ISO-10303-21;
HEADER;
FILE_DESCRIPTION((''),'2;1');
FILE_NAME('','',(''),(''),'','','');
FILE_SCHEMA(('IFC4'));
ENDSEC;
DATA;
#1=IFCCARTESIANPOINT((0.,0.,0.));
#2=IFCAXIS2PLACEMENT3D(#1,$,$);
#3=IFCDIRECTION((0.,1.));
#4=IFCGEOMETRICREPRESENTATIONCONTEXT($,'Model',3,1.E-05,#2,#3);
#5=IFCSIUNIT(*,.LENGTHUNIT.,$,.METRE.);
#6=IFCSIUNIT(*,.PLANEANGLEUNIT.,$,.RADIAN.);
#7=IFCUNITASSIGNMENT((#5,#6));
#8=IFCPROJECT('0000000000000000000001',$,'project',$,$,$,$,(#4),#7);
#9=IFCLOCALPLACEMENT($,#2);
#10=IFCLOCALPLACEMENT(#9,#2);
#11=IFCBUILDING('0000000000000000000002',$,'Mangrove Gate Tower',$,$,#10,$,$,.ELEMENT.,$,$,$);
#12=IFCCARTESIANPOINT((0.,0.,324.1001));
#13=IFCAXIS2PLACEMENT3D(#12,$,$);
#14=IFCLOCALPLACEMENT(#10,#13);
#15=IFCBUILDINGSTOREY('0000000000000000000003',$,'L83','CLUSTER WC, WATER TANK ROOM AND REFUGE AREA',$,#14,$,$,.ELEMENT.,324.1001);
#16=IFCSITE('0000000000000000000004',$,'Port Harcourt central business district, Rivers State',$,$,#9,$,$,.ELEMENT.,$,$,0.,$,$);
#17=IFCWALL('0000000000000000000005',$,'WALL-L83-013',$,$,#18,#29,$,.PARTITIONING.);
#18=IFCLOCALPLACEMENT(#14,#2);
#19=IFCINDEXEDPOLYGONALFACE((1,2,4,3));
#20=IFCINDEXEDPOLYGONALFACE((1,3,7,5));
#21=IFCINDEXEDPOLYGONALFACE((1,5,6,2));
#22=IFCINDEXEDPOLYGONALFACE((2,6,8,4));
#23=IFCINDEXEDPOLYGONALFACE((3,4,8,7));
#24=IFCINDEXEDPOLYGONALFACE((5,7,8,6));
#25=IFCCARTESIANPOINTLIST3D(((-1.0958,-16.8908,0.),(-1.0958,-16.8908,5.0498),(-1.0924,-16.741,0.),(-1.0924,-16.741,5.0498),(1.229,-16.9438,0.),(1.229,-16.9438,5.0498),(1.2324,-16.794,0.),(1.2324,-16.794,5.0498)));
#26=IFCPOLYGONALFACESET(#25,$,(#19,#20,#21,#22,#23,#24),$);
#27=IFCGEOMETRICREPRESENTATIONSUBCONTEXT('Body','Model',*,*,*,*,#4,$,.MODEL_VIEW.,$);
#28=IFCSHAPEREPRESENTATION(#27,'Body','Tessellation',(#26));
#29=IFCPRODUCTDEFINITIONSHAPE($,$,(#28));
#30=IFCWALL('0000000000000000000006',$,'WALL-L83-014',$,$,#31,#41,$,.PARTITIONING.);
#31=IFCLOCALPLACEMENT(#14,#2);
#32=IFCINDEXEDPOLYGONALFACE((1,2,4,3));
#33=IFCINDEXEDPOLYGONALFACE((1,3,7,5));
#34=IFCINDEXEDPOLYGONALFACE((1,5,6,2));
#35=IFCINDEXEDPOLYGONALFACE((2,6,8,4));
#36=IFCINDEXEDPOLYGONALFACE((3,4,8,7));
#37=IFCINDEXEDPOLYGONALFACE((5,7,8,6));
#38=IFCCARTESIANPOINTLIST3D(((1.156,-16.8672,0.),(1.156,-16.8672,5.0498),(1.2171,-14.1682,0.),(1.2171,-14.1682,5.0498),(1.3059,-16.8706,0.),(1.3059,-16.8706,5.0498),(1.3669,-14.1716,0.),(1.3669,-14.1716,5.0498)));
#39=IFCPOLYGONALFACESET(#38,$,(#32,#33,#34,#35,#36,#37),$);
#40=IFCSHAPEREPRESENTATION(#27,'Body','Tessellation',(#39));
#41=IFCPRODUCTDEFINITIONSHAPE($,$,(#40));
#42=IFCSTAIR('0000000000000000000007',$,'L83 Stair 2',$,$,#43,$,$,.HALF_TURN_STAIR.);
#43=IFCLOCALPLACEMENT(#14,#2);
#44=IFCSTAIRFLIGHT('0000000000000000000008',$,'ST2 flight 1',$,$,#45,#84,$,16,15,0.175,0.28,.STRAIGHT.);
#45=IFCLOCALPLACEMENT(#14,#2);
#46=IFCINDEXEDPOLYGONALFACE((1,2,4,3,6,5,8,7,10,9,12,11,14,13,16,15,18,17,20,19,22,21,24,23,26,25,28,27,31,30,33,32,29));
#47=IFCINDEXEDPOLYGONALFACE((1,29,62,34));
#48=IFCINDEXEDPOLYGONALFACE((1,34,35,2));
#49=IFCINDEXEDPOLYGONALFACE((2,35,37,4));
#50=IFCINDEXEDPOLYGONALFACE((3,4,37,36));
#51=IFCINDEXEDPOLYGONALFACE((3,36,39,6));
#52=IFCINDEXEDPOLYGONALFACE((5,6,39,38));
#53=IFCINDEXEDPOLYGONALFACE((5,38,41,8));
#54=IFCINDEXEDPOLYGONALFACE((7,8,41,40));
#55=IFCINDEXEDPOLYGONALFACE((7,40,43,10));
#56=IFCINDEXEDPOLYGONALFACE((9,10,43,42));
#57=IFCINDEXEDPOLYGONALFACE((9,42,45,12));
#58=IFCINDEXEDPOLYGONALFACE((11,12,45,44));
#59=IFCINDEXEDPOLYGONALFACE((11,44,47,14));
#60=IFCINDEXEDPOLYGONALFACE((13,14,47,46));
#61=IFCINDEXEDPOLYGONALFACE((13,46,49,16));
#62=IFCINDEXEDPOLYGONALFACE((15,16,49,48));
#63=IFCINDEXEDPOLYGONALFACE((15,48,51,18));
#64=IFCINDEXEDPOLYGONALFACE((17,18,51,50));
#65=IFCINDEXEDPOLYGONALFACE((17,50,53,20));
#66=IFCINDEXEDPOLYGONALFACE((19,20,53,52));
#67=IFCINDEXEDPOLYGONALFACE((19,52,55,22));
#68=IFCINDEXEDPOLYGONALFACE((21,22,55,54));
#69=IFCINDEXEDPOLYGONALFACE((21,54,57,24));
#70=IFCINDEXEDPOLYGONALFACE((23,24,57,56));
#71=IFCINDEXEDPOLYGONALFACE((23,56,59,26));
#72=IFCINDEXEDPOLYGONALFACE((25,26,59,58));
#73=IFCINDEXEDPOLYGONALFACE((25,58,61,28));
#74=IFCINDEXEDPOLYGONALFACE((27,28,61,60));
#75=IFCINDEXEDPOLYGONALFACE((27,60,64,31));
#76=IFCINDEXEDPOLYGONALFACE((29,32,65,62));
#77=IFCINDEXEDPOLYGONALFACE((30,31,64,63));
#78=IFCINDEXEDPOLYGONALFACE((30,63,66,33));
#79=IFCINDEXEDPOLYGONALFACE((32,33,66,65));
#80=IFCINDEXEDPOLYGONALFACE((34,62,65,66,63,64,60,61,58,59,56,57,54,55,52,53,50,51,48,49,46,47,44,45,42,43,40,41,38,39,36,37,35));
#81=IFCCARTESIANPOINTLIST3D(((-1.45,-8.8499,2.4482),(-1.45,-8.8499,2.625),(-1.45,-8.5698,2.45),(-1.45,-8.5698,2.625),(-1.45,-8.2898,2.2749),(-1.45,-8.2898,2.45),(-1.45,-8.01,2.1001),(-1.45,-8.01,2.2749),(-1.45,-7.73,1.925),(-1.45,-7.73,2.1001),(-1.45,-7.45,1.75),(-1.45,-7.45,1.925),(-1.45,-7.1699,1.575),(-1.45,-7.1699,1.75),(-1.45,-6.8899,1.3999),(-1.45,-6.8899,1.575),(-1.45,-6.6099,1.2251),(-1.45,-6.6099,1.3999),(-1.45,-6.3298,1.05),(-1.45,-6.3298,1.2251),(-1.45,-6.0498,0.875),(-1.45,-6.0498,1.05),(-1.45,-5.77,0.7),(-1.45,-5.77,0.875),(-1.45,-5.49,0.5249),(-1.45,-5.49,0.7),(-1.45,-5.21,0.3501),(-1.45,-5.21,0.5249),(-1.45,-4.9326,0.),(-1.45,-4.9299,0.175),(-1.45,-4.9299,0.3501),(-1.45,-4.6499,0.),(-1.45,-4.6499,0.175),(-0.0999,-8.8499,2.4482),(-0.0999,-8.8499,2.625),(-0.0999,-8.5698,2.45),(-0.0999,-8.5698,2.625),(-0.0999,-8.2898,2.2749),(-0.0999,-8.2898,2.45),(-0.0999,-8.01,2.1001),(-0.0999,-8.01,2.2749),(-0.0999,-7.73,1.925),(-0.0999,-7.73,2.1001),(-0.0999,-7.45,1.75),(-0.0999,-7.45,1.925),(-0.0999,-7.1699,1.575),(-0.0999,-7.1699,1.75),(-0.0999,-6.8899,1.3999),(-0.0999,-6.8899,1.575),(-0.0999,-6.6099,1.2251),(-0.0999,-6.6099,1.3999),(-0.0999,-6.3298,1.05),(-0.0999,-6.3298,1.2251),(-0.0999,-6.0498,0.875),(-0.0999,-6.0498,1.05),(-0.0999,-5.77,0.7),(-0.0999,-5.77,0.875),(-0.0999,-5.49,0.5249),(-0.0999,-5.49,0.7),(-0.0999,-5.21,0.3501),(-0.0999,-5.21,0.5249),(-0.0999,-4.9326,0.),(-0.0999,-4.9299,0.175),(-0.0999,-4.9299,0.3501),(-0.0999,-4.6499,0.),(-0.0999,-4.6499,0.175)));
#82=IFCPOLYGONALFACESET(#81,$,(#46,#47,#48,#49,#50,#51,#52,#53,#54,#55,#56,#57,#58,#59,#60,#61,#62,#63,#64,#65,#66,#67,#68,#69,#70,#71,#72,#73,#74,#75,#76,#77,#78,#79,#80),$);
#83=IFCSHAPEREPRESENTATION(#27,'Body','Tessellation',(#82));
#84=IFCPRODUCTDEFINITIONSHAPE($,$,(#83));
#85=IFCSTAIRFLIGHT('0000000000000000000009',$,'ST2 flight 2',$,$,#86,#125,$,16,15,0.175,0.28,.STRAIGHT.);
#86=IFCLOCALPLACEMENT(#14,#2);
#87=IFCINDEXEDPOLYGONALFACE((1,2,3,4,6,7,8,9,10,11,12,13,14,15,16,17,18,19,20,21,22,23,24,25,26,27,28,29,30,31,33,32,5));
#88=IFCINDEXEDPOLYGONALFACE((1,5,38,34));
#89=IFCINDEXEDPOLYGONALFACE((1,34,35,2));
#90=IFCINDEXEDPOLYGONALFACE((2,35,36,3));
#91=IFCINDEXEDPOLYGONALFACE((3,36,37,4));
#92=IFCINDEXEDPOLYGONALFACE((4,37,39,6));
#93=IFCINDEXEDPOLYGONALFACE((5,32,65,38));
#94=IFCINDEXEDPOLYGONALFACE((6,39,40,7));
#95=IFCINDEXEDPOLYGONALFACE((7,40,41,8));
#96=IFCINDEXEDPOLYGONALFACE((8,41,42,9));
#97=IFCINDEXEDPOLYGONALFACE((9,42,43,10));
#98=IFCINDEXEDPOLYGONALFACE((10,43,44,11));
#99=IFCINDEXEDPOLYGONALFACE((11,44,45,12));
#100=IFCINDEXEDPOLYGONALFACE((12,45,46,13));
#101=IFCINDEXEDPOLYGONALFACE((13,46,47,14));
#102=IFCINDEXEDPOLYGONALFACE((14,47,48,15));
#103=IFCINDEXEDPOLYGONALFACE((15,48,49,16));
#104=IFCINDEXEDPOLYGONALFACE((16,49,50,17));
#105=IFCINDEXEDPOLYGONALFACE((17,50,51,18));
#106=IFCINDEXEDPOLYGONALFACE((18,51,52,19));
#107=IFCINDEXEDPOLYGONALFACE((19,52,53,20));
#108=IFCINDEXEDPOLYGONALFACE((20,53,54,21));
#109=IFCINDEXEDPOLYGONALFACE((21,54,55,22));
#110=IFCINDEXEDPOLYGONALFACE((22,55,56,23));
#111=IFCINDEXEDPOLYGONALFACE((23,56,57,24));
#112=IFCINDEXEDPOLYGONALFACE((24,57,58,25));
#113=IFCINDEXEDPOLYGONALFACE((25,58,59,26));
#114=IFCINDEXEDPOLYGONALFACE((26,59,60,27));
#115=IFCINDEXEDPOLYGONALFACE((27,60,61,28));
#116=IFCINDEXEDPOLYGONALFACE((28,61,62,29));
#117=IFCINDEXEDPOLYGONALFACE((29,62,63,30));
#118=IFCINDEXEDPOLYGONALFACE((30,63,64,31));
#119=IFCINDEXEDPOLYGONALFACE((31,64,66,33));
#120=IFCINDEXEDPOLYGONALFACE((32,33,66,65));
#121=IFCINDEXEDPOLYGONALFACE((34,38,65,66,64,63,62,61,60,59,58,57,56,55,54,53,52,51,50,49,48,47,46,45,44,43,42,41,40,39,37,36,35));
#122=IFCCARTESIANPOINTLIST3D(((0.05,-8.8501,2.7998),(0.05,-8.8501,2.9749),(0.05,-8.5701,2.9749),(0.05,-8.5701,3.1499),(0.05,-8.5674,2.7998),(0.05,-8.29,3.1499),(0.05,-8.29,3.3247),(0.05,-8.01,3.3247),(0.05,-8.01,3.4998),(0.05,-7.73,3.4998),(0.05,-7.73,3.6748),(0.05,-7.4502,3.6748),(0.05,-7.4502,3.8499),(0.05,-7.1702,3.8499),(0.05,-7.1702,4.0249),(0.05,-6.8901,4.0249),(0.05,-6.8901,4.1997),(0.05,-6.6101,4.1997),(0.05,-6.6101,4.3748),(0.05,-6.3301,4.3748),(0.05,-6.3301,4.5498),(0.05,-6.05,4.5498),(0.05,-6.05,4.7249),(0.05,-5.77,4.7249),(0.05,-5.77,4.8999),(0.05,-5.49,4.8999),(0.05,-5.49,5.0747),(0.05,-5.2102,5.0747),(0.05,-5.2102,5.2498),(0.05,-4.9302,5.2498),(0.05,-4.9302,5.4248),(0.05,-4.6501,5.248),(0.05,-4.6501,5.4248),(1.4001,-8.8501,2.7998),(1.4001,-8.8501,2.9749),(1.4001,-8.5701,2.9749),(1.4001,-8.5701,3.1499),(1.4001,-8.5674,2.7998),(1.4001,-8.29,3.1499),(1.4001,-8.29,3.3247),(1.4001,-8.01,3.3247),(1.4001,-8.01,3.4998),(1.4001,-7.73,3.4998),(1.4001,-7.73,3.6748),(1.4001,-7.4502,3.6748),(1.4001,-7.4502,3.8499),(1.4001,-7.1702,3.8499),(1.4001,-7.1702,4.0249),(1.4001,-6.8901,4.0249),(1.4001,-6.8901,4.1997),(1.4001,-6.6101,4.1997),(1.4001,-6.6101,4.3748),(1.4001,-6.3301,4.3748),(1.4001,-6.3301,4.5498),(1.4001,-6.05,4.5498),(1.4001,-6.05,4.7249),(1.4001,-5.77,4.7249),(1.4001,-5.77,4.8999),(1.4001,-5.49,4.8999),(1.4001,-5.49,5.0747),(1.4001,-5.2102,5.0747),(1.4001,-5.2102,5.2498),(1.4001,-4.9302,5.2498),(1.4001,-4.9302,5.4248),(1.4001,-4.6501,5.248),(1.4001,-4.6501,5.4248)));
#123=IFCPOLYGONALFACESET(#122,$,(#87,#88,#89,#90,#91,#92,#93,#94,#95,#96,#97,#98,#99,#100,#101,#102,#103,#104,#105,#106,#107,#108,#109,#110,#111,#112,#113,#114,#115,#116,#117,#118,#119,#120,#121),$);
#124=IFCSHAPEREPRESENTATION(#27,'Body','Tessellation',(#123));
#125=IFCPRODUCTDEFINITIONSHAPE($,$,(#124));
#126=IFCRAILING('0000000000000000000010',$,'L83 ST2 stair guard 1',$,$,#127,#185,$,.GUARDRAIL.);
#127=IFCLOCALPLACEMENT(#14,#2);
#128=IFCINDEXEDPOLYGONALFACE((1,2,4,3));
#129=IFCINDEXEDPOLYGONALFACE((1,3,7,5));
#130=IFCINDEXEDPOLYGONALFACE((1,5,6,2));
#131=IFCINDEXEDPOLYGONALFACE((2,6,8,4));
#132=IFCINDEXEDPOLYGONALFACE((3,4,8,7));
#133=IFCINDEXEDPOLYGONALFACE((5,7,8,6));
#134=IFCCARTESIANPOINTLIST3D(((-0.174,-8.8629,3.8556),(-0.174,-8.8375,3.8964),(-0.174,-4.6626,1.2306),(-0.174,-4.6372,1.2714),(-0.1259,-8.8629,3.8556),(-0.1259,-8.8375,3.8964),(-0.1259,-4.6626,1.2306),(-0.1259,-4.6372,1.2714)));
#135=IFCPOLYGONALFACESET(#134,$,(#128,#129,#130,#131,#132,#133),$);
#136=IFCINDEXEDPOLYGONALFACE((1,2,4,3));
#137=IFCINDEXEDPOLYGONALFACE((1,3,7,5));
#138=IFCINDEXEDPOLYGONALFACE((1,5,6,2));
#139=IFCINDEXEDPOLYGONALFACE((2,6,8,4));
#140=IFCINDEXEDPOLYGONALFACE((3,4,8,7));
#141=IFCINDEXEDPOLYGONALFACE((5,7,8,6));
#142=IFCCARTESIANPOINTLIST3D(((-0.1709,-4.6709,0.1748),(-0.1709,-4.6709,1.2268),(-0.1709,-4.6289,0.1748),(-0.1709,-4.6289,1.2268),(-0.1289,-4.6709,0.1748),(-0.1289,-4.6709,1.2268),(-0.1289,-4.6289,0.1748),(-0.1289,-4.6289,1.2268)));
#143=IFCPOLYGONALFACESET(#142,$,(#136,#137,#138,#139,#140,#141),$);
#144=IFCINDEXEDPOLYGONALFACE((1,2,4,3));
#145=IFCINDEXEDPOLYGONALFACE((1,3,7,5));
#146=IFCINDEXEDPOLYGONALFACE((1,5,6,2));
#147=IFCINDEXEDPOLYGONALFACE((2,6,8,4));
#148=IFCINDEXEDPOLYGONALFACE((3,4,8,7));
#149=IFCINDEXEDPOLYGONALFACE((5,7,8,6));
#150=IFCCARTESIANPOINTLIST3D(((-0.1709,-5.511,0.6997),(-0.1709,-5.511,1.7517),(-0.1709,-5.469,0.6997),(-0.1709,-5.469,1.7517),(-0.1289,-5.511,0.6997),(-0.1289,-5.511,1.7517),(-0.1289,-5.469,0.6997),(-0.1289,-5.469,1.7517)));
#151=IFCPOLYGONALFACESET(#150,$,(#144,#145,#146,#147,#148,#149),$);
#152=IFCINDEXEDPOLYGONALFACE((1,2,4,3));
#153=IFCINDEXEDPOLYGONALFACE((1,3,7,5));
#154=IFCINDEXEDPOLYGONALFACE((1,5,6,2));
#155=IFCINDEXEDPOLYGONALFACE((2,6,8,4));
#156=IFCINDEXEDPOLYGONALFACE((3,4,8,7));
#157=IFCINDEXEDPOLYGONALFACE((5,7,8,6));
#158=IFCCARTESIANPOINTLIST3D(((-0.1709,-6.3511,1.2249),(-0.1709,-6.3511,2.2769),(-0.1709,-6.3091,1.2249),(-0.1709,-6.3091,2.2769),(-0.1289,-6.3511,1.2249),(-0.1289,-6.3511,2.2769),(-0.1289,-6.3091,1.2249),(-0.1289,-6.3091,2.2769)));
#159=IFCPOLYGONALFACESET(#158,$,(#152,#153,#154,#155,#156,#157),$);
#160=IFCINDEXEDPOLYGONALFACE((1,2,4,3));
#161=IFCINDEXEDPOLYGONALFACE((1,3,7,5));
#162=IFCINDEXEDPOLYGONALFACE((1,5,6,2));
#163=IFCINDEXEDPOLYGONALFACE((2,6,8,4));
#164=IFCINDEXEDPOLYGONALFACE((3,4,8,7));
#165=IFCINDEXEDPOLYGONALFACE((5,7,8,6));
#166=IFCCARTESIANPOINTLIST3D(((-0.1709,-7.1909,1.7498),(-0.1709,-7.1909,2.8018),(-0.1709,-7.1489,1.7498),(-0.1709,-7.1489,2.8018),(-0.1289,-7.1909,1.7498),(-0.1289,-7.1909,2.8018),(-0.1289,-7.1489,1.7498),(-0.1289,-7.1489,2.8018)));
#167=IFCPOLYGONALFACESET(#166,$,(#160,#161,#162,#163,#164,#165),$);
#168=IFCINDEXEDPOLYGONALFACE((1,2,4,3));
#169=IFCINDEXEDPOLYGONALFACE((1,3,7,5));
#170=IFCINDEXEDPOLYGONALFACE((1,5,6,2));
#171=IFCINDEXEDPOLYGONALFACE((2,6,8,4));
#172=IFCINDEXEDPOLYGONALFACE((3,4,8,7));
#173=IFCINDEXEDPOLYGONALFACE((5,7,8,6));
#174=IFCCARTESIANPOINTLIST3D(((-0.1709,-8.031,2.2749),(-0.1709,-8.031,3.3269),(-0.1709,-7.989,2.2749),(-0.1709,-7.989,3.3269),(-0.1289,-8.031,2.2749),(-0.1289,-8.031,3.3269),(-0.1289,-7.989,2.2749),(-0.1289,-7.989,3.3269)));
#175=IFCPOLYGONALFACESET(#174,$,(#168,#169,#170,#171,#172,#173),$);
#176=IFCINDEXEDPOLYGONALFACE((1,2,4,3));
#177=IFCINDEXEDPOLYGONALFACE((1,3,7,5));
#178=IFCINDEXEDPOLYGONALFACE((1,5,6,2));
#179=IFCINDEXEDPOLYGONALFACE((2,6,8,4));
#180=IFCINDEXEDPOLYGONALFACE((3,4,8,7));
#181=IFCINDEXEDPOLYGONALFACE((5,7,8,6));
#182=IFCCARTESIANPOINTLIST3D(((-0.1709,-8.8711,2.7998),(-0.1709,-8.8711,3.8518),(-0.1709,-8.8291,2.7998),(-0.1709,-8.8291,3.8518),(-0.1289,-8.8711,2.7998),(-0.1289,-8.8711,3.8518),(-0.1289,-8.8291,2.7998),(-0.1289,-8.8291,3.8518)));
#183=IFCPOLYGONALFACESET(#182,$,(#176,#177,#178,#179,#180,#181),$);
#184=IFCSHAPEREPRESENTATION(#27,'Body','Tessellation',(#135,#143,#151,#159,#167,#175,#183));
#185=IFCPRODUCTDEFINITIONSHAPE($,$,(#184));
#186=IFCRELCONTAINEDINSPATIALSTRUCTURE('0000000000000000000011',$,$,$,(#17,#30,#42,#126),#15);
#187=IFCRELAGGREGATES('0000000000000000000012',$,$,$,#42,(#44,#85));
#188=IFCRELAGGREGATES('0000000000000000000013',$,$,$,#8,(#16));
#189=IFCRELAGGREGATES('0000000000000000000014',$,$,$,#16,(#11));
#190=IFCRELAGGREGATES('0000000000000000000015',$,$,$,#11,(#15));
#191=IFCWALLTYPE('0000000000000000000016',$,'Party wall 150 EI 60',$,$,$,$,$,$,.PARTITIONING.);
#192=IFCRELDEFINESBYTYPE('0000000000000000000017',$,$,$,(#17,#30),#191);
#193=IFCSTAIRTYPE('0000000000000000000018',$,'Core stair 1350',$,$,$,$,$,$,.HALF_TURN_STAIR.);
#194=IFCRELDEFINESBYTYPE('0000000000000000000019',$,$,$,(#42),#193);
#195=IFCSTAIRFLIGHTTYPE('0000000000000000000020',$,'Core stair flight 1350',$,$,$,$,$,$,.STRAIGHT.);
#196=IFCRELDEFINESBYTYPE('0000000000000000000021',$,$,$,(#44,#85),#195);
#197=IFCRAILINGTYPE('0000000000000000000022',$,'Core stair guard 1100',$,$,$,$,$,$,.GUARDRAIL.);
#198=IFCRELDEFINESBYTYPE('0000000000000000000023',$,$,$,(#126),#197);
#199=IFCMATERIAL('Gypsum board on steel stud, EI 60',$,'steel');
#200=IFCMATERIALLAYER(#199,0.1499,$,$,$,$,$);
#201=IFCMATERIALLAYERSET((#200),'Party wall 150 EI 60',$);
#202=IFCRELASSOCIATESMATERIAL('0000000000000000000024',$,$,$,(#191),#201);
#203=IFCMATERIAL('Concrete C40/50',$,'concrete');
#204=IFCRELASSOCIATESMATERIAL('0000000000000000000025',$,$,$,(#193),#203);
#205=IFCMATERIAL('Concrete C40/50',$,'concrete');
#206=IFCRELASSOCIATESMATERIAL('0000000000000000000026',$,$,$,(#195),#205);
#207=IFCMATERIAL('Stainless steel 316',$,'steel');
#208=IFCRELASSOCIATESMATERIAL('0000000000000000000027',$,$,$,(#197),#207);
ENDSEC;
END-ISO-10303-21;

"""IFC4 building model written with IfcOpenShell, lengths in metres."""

from ifc_helpers import new_model, si_unit, direction, frame, frame_2d, origin, origin_2d, place, context, subcontext, project, spatial, polyline, rectangle, outline, extrude, material, layer, layer_set, type_object, element, aggregate, save


model = new_model("IFC4")

# Units and contexts
model_context = context("Model", 3, precision=1e-05, world=origin(), true_north=direction((0.0, 1.0)))
body_context = subcontext(model_context, "Body", "Model", "MODEL_VIEW")
ifc_project = project(units=[si_unit("LENGTHUNIT", "METRE"), si_unit("PLANEANGLEUNIT", "RADIAN")], contexts=[model_context])

# Site, building, storey
site_placement = place(None, origin())
site = spatial("IfcSite", under=ifc_project, at=site_placement, Name="Port Harcourt central business district, Rivers State", CompositionType="ELEMENT", RefElevation=0.0)
building_placement = place(site_placement, origin())
building = spatial("IfcBuilding", under=site, at=building_placement, Name="Mangrove Gate Tower", CompositionType="ELEMENT")
storey_placement = place(building_placement, frame((0.0, 0.0, 324.1001)))
storey = spatial("IfcBuildingStorey", under=building, at=storey_placement, Name="L83", Description="CLUSTER WC, WATER TANK ROOM AND REFUGE AREA", CompositionType="ELEMENT", Elevation=324.1001)

# Walls
ifc_material_1 = material(Name="Gypsum board on steel stud, EI 60", Category="steel")
ifc_layer_1 = layer(ifc_material_1, 0.1499)
ifc_layer_set_1 = layer_set([ifc_layer_1], Name="Party wall 150 EI 60")
wall_type_1 = type_object("IfcWallType", Name="Party wall 150 EI 60", PredefinedType="PARTITIONING", material=ifc_layer_set_1)
wall_1_placement = place(storey_placement, frame((-1.094, -16.8159, 0.0), z_axis=(0.0, 0.0, 1.0), x_axis=(0.99974, -0.022781, 0.0)))
element("IfcWall", 1, at=wall_1_placement, inside=storey, type_object=wall_type_1, Name="WALL-L83-013", PredefinedType="PARTITIONING", context=body_context, shape_type="SweptSolid", body=[
    extrude(rectangle(XDim=2.3254, YDim=0.1499, at=frame_2d((1.1626, 0.0))), origin(), (0.0, 0.0, 1.0), 5.0498),
])
wall_2_placement = place(storey_placement, frame((1.231, -16.8689, 0.0), z_axis=(0.0, 0.0, 1.0), x_axis=(0.022608, 0.999744, 0.0)))
element("IfcWall", 2, at=wall_2_placement, inside=storey, type_object=wall_type_1, Name="WALL-L83-014", PredefinedType="PARTITIONING", context=body_context, shape_type="SweptSolid", body=[
    extrude(rectangle(XDim=2.6997, YDim=0.1499, at=frame_2d((1.3499, 0.0))), origin(), (0.0, 0.0, 1.0), 5.0498),
])

# Stair, stair flights
ifc_material_2 = material(Name="Concrete C40/50", Category="concrete")
stair_type = type_object("IfcStairType", Name="Core stair 1350", PredefinedType="HALF_TURN_STAIR", material=ifc_material_2)
stair_placement = place(storey_placement, origin())
stair = element("IfcStair", 3, at=stair_placement, inside=storey, type_object=stair_type, Name="L83 Stair 2", PredefinedType="HALF_TURN_STAIR")
ifc_material_3 = material(Name="Concrete C40/50", Category="concrete")
stair_flight_type = type_object("IfcStairFlightType", Name="Core stair flight 1350", PredefinedType="STRAIGHT", material=ifc_material_3)
stair_flight_1_placement = place(storey_placement, frame((-0.7749, -4.6499, 0.0), z_axis=(0.0, 0.0, 1.0), x_axis=(0.0, -1.0, 0.0)))
stair_flight_1 = element("IfcStairFlight", 4, at=stair_flight_1_placement, type_object=stair_flight_type, Name="ST2 flight 1", NumberOfRisers=16, NumberOfTreads=15, PredefinedType="STRAIGHT", RiserHeight=0.175, TreadLength=0.28, context=body_context, shape_type="SweptSolid", body=[
    extrude(outline(polyline([(0.0, 0.0), (0.0, 0.175), (0.28, 0.175), (0.28, 0.3501), (0.5601, 0.3501), (0.5601, 0.5249), (0.8401, 0.5249), (0.8401, 0.7), (1.1201, 0.7), (1.1201, 0.875), (1.3999, 0.875), (1.3999, 1.05), (1.6799, 1.05), (1.6799, 1.2251), (1.96, 1.2251), (1.96, 1.3999), (2.24, 1.3999), (2.24, 1.575), (2.52, 1.575), (2.52, 1.75), (2.8, 1.75), (2.8, 1.925), (3.0801, 1.925), (3.0801, 2.1001), (3.3601, 2.1001), (3.3601, 2.2749), (3.6399, 2.2749), (3.6399, 2.45), (3.9199, 2.45), (3.9199, 2.625), (4.2, 2.625), (4.2, 2.8), (4.2, 2.4482), (0.2827, 0.0), (0.0, 0.0)])), frame((0.0, 0.675, 0.0), z_axis=(0.0, -1.0, 0.0), x_axis=(1.0, 0.0, 0.0)), (0.0, 0.0, 1.0), 1.3501),
])
stair_flight_2_placement = place(storey_placement, frame((0.7251, -8.8501, 2.7998), z_axis=(0.0, 0.0, 1.0), x_axis=(0.0, 1.0, 0.0)))
stair_flight_2 = element("IfcStairFlight", 5, at=stair_flight_2_placement, type_object=stair_flight_type, Name="ST2 flight 2", NumberOfRisers=16, NumberOfTreads=15, PredefinedType="STRAIGHT", RiserHeight=0.175, TreadLength=0.28, context=body_context, shape_type="SweptSolid", body=[
    extrude(outline(polyline([(0.0, 0.0), (0.0, 0.175), (0.28, 0.175), (0.28, 0.3501), (0.5601, 0.3501), (0.5601, 0.5249), (0.8401, 0.5249), (0.8401, 0.7), (1.1201, 0.7), (1.1201, 0.875), (1.3999, 0.875), (1.3999, 1.05), (1.6799, 1.05), (1.6799, 1.2251), (1.96, 1.2251), (1.96, 1.3999), (2.24, 1.3999), (2.24, 1.575), (2.52, 1.575), (2.52, 1.75), (2.8, 1.75), (2.8, 1.925), (3.0801, 1.925), (3.0801, 2.1001), (3.3601, 2.1001), (3.3601, 2.2749), (3.6399, 2.2749), (3.6399, 2.45), (3.9199, 2.45), (3.9199, 2.625), (4.2, 2.625), (4.2, 2.8), (4.2, 2.4482), (0.2827, 0.0), (0.0, 0.0)])), frame((0.0, 0.675, 0.0), z_axis=(0.0, -1.0, 0.0), x_axis=(1.0, 0.0, 0.0)), (0.0, 0.0, 1.0), 1.3501),
])
aggregate(stair, [stair_flight_1, stair_flight_2])

# Railing
ifc_material_4 = material(Name="Stainless steel 316", Category="steel")
railing_type_1 = type_object("IfcRailingType", Name="Core stair guard 1100", PredefinedType="GUARDRAIL", material=ifc_material_4)
railing_1_placement = place(storey_placement, frame((-0.1499, -4.6499, 0.1748)))
element("IfcRailing", 6, at=railing_1_placement, inside=storey, type_object=railing_type_1, Name="L83 ST2 stair guard 1", PredefinedType="GUARDRAIL", context=body_context, shape_type="SweptSolid", body=[
    extrude(rectangle(XDim=0.0481, YDim=0.0481, at=origin_2d()), frame((0.0, 0.0, 1.0762), z_axis=(0.0, -0.848009, 0.529981), x_axis=(1.0, 0.0, 0.0)), (0.0, 0.0, 1.0), 4.9531),
    extrude(rectangle(XDim=0.042, YDim=0.042, at=origin_2d()), origin(), (0.0, 0.0, 1.0), 1.052),
    extrude(rectangle(XDim=0.042, YDim=0.042, at=origin_2d()), frame((0.0, -0.8401, 0.5249)), (0.0, 0.0, 1.0), 1.052),
    extrude(rectangle(XDim=0.042, YDim=0.042, at=origin_2d()), frame((0.0, -1.6802, 1.05)), (0.0, 0.0, 1.0), 1.052),
    extrude(rectangle(XDim=0.042, YDim=0.042, at=origin_2d()), frame((0.0, -2.52, 1.575)), (0.0, 0.0, 1.0), 1.052),
    extrude(rectangle(XDim=0.042, YDim=0.042, at=origin_2d()), frame((0.0, -3.3601, 2.1001)), (0.0, 0.0, 1.0), 1.052),
    extrude(rectangle(XDim=0.042, YDim=0.042, at=origin_2d()), frame((0.0, -4.2002, 2.625)), (0.0, 0.0, 1.0), 1.052),
])

save(model, "model.ifc")
